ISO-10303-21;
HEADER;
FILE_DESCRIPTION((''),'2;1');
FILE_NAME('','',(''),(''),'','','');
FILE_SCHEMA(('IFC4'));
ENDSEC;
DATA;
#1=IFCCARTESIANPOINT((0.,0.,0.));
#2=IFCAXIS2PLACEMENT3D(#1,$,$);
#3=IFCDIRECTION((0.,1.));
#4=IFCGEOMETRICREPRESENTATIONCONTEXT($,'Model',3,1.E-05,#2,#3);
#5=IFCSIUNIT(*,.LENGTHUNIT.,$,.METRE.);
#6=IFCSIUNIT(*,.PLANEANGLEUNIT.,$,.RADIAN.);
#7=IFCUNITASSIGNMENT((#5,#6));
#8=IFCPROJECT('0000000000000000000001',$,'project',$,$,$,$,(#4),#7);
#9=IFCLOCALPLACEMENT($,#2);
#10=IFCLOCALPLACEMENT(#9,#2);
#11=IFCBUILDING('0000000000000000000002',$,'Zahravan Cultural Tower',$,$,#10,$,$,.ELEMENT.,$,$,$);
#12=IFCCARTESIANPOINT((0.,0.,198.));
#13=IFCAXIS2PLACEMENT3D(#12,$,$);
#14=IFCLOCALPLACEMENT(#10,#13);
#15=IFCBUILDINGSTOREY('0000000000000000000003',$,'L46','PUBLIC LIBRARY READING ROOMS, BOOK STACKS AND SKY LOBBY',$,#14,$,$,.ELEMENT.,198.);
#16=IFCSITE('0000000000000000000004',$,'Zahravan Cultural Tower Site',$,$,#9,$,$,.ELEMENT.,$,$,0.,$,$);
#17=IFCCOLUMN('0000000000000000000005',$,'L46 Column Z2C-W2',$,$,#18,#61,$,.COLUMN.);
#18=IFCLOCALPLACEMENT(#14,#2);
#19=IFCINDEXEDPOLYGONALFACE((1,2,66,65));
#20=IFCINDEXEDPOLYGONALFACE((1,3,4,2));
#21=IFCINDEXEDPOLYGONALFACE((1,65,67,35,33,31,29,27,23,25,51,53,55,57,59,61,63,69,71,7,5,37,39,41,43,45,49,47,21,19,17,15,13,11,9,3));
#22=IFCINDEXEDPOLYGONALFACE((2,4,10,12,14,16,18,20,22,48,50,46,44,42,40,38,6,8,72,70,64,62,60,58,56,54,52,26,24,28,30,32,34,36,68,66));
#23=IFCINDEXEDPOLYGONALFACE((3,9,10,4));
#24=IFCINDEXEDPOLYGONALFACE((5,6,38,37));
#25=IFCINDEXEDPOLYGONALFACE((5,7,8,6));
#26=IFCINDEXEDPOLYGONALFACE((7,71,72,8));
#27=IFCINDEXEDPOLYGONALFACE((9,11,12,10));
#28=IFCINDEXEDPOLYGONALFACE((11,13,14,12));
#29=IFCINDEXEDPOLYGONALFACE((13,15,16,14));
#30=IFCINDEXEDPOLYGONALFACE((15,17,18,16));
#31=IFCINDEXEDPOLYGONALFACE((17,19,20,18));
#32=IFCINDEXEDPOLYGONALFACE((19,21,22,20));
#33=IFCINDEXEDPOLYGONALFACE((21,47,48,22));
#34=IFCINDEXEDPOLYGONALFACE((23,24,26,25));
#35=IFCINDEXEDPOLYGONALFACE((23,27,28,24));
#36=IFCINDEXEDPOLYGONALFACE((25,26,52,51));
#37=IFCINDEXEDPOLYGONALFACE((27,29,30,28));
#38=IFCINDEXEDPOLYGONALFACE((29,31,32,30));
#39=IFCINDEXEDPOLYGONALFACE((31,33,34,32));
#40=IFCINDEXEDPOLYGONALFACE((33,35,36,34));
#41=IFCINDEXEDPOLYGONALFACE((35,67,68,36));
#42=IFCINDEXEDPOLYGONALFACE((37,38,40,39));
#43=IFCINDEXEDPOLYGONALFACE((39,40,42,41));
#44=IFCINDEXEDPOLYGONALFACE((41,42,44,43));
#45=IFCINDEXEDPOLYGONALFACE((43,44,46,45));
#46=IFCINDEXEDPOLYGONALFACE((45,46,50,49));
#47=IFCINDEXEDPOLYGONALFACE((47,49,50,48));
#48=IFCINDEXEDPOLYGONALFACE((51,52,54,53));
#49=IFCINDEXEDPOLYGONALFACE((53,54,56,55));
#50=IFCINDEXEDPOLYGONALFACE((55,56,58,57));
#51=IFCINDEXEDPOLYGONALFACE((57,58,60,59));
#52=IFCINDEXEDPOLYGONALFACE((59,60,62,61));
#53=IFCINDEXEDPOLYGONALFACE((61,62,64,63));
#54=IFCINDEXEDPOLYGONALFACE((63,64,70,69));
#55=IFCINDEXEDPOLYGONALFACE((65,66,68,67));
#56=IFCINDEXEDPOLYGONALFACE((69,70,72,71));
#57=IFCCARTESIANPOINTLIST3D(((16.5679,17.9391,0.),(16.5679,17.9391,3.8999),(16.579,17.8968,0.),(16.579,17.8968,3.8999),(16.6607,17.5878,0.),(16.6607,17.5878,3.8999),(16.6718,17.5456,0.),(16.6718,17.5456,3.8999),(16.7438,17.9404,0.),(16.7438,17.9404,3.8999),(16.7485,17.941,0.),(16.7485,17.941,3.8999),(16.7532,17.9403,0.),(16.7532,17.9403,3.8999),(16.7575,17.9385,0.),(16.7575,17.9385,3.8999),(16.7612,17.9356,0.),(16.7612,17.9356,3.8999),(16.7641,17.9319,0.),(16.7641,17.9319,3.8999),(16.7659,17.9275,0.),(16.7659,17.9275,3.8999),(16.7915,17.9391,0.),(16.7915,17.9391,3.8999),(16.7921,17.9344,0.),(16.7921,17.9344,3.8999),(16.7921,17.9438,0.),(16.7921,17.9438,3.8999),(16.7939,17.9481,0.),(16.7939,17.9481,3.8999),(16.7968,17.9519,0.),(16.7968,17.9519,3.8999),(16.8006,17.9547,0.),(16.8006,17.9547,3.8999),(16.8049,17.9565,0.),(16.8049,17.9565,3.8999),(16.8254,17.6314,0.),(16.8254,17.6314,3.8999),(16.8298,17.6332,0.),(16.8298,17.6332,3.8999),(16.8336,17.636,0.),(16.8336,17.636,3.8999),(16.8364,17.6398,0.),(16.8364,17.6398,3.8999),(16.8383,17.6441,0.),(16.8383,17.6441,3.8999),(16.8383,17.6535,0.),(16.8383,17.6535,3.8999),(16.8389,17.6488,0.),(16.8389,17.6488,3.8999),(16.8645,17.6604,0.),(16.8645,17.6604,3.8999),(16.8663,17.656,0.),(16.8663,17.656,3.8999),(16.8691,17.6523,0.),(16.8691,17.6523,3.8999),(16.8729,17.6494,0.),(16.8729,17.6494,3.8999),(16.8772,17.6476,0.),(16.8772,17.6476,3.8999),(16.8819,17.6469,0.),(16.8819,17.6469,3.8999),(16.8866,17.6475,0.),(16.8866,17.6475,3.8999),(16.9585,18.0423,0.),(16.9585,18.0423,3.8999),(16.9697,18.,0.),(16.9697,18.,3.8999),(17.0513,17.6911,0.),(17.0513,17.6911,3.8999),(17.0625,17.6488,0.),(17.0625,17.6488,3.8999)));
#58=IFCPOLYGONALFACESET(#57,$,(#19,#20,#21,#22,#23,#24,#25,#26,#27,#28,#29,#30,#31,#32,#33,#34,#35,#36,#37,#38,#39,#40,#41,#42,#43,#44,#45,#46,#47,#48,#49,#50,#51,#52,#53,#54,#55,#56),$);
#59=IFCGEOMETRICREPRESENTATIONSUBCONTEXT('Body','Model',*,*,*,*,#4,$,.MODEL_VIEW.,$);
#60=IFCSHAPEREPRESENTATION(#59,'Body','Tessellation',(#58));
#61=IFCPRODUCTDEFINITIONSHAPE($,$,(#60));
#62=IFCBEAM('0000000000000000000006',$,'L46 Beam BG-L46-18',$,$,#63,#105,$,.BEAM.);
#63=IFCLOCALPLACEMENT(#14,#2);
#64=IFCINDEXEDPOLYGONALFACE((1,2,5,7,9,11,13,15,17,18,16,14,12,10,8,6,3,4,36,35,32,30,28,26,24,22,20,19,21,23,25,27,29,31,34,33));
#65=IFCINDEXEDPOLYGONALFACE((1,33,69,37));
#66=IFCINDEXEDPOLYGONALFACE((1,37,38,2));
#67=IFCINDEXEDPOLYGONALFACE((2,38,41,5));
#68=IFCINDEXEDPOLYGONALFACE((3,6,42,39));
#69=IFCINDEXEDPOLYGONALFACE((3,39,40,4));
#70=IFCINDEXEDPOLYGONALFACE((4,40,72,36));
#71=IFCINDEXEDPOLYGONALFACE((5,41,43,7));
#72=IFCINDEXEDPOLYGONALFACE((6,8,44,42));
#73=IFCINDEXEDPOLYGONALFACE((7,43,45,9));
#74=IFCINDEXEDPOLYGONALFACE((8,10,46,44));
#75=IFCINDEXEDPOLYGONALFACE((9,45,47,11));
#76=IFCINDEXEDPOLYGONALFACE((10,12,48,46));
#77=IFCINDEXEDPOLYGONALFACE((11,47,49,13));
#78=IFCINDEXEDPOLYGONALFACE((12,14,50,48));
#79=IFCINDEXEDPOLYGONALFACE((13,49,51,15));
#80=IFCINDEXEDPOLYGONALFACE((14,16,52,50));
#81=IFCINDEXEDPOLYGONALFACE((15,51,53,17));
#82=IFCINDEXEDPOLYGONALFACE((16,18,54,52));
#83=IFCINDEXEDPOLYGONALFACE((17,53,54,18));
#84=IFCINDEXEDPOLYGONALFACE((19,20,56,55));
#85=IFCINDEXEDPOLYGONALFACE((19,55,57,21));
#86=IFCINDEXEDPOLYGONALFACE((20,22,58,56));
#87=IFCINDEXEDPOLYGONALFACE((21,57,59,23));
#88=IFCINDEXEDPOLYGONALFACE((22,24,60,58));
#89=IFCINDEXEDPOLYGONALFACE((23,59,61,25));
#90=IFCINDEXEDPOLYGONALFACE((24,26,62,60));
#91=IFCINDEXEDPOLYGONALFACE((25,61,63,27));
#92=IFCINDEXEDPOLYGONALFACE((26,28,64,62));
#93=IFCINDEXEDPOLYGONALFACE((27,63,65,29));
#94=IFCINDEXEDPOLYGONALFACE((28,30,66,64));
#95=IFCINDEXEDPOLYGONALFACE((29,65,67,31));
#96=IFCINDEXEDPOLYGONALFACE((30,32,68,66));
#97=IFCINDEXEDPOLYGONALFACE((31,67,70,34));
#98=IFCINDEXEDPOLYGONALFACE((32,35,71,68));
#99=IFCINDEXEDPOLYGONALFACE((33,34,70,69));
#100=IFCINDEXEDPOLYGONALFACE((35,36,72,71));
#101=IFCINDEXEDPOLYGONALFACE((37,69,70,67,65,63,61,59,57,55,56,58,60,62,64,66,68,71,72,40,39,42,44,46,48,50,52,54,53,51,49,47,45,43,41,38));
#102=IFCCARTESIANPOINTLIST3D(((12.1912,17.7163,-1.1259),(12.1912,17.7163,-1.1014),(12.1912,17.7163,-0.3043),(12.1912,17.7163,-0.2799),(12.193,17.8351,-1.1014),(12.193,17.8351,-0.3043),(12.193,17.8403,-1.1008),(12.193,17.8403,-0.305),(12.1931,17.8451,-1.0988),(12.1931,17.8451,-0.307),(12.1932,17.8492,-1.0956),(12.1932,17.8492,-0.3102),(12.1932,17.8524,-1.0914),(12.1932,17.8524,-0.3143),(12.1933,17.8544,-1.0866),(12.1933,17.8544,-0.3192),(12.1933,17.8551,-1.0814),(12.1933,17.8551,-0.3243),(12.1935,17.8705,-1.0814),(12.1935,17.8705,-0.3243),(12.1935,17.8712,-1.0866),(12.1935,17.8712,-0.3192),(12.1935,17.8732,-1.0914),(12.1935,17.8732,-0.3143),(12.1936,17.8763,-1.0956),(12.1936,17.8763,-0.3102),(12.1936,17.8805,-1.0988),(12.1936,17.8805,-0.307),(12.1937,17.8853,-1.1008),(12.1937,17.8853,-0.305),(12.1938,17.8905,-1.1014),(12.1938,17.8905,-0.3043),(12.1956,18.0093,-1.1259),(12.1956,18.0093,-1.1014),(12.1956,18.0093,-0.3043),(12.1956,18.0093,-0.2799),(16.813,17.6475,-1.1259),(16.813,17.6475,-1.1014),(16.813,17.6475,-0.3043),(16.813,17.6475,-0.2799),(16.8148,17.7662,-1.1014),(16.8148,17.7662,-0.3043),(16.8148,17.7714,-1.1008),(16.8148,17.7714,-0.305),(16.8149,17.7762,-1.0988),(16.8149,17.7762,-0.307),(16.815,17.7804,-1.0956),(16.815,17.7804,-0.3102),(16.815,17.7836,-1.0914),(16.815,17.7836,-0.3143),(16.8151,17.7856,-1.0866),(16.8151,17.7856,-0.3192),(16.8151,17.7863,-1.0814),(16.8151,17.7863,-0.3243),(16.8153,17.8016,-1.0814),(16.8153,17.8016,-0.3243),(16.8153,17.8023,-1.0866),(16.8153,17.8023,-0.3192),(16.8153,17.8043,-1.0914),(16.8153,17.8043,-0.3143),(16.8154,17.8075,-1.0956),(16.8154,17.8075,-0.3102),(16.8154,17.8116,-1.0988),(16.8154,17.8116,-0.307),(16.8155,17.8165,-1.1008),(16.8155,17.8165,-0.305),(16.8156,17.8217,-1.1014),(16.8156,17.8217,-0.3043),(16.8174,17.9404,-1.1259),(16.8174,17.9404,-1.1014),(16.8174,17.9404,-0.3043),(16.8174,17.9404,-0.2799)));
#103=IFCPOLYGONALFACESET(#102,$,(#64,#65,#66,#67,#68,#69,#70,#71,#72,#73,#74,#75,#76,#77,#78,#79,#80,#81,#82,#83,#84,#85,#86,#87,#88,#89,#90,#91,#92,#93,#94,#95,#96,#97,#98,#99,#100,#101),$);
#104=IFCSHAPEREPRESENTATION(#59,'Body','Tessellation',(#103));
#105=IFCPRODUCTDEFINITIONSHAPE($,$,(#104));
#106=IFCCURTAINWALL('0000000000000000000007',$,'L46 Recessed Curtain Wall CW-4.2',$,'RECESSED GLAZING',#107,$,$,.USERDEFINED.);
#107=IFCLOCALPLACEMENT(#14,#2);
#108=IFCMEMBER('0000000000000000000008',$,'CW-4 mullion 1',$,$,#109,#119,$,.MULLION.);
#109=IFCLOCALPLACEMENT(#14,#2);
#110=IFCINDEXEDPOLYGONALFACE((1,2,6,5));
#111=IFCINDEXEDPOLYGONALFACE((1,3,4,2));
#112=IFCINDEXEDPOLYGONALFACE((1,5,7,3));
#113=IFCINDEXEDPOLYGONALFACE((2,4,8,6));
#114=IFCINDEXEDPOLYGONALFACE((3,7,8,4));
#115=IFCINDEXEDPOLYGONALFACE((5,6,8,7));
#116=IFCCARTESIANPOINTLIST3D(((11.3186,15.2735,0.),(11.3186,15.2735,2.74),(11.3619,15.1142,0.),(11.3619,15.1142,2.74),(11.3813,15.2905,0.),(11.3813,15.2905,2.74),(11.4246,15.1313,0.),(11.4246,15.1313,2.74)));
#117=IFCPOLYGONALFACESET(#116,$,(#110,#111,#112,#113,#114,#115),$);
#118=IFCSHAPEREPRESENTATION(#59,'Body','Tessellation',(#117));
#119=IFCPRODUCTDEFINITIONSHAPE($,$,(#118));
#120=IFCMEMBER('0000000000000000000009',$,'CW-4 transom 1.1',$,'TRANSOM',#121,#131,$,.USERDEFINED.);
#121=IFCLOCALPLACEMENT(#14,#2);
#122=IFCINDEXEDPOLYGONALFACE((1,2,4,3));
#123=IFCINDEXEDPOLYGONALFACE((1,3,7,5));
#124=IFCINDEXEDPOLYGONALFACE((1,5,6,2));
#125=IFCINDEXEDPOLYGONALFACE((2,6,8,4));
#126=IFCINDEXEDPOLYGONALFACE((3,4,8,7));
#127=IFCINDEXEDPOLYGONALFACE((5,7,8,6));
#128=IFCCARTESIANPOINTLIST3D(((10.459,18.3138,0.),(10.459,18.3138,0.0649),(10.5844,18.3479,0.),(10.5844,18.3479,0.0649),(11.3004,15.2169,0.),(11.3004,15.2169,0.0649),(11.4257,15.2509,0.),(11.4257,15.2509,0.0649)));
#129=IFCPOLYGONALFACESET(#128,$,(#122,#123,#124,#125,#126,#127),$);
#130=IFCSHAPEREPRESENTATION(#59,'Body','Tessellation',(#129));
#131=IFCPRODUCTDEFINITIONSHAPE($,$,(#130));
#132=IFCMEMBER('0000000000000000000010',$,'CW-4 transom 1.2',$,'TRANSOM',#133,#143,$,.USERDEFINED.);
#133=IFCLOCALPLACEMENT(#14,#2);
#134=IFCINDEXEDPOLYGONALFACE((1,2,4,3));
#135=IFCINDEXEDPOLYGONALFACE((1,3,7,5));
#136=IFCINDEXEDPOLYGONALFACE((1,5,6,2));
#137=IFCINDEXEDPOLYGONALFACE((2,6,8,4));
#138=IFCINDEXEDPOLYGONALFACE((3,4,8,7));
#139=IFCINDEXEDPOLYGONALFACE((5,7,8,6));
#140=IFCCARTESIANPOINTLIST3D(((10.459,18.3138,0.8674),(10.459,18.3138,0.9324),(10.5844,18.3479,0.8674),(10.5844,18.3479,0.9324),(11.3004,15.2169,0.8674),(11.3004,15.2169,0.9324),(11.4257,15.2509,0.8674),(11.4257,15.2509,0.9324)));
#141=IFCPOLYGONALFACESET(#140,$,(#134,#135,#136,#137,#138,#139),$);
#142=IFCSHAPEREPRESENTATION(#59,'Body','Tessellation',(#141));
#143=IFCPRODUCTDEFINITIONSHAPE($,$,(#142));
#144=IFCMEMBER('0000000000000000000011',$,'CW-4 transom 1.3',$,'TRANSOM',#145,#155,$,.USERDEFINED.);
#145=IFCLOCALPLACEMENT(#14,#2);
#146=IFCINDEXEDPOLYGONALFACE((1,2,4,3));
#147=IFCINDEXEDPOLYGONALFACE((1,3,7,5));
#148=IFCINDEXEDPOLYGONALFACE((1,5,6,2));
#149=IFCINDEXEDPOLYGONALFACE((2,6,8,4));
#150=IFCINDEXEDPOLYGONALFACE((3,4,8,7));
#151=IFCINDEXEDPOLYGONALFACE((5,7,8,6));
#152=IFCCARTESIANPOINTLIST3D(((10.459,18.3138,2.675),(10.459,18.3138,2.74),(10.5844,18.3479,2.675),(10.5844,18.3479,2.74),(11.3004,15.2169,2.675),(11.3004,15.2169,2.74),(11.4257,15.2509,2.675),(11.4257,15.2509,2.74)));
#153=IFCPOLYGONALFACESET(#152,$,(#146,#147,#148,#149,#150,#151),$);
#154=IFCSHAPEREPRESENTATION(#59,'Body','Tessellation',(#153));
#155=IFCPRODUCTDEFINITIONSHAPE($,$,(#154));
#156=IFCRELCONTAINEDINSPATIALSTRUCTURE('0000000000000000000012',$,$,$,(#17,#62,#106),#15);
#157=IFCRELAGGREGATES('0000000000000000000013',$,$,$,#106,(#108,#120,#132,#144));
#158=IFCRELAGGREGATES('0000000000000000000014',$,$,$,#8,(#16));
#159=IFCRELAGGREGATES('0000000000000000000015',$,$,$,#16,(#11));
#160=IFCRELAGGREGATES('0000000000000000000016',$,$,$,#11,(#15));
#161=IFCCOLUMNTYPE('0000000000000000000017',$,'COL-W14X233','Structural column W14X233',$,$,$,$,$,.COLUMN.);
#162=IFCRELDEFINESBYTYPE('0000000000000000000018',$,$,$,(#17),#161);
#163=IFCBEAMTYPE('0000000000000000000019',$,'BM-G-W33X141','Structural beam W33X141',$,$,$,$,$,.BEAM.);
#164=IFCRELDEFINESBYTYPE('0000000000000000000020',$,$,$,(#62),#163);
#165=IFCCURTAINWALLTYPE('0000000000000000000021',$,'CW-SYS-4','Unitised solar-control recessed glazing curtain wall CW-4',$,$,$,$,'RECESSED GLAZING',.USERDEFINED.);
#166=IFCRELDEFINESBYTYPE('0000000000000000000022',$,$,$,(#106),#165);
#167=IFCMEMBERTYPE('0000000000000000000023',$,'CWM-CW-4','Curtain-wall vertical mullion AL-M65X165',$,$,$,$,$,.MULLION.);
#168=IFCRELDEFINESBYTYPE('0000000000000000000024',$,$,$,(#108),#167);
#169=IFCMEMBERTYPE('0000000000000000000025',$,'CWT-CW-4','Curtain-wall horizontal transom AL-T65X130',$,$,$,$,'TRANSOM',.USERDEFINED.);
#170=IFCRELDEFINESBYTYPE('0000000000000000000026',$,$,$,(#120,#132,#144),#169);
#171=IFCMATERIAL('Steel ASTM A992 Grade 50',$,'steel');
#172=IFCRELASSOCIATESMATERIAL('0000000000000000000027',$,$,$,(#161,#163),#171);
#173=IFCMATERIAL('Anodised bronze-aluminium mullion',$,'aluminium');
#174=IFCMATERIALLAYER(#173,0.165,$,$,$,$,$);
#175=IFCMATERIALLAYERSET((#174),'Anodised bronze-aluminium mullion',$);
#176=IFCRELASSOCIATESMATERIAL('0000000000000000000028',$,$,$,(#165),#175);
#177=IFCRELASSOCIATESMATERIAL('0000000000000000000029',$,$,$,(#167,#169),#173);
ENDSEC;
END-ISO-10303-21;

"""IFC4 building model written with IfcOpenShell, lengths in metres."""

from ifc_helpers import new_model, si_unit, direction, frame, origin, origin_2d, place, context, subcontext, project, spatial, rectangle, i_section, extrude, source, transform, mapped, material, layer, layer_set, material_profile, profile_set, type_object, element, aggregate, save


model = new_model("IFC4")

# Units and contexts
model_context = context("Model", 3, precision=1e-05, world=origin(), true_north=direction((0.0, 1.0)))
body_context = subcontext(model_context, "Body", "Model", "MODEL_VIEW")
ifc_project = project(units=[si_unit("LENGTHUNIT", "METRE"), si_unit("PLANEANGLEUNIT", "RADIAN")], contexts=[model_context])

# Site, building, storey
site_placement = place(None, origin())
site = spatial("IfcSite", under=ifc_project, at=site_placement, Name="Zahravan Cultural Tower Site", CompositionType="ELEMENT", RefElevation=0.0)
building_placement = place(site_placement, origin())
building = spatial("IfcBuilding", under=site, at=building_placement, Name="Zahravan Cultural Tower", CompositionType="ELEMENT")
storey_placement = place(building_placement, frame((0.0, 0.0, 198.0)))
storey = spatial("IfcBuildingStorey", under=building, at=storey_placement, Name="L46", Description="PUBLIC LIBRARY READING ROOMS, BOOK STACKS AND SKY LOBBY", CompositionType="ELEMENT", Elevation=198.0)

# Column
ifc_material_1 = material(Name="Steel ASTM A992 Grade 50", Category="steel")
ifc_material_profile_1 = material_profile(ifc_material_1, i_section(OverallWidth=0.4041, OverallDepth=0.407, WebThickness=0.0271, FlangeThickness=0.0437, FilletRadius=0.0181, at=origin_2d()), Name="W14X233")
ifc_profile_set_1 = profile_set([ifc_material_profile_1], Name="Steel ASTM A992 Grade 50")
column_type = type_object("IfcColumnType", Name="COL-W14X233", Description="Structural column W14X233", PredefinedType="COLUMN", material=ifc_profile_set_1)
shared_shape_1 = source(origin(), body_context, "Body", "SweptSolid", [
    extrude(i_section(OverallWidth=0.4041, OverallDepth=0.407, WebThickness=0.0271, FlangeThickness=0.0437, FilletRadius=0.0181, at=origin_2d()), origin(), (0.0, 0.0, 1.0), 3.8999),
])
column_placement = place(storey_placement, frame((16.8152, 17.7939, 0.0), z_axis=(0.0, 0.0, 1.0), x_axis=(0.966823, 0.255446, 0.0)))
element("IfcColumn", 1, at=column_placement, inside=storey, type_object=column_type, Name="L46 Column Z2C-W2", PredefinedType="COLUMN", context=body_context, shape_type="MappedRepresentation", body=[
    mapped(shared_shape_1, transform((0.0, 0.0, 0.0), x_axis=(1.0, 0.0, 0.0), y_axis=(0.0, 1.0, 0.0), z_axis=(0.0, 0.0, 1.0), scale=1.0)),
])

# Beam
ifc_material_profile_2 = material_profile(ifc_material_1, i_section(OverallWidth=0.293, OverallDepth=0.8459, WebThickness=0.0154, FlangeThickness=0.0244, FilletRadius=0.02, at=origin_2d()), Name="W33X141")
ifc_profile_set_2 = profile_set([ifc_material_profile_2], Name="Steel ASTM A992 Grade 50")
beam_type = type_object("IfcBeamType", Name="BM-G-W33X141", Description="Structural beam W33X141", PredefinedType="BEAM", material=ifc_profile_set_2)
shared_shape_2 = source(origin(), body_context, "Body", "SweptSolid", [
    extrude(i_section(OverallWidth=0.293, OverallDepth=0.8459, WebThickness=0.0154, FlangeThickness=0.0244, FilletRadius=0.02, at=origin_2d()), origin(), (0.0, 0.0, 1.0), 4.6223),
])
beam_placement = place(storey_placement, frame((16.8152, 17.7939, -0.7029), z_axis=(-0.999889, 0.014895, 0.0), x_axis=(-0.014895, -0.999889, 0.0)))
element("IfcBeam", 2, at=beam_placement, inside=storey, type_object=beam_type, Name="L46 Beam BG-L46-18", PredefinedType="BEAM", context=body_context, shape_type="MappedRepresentation", body=[
    mapped(shared_shape_2, transform((0.0, 0.0, 0.0), x_axis=(1.0, 0.0, 0.0), y_axis=(0.0, 1.0, 0.0), z_axis=(0.0, 0.0, 1.0), scale=1.0)),
])

# Curtain wall, members
ifc_material_2 = material(Name="Anodised bronze-aluminium mullion", Category="aluminium")
ifc_layer_1 = layer(ifc_material_2, 0.165)
ifc_layer_set_1 = layer_set([ifc_layer_1], Name="Anodised bronze-aluminium mullion")
curtain_wall_type = type_object("IfcCurtainWallType", Name="CW-SYS-4", Description="Unitised solar-control recessed glazing curtain wall CW-4", ElementType="RECESSED GLAZING", PredefinedType="USERDEFINED", material=ifc_layer_set_1)
curtain_wall_placement = place(storey_placement, origin())
curtain_wall = element("IfcCurtainWall", 3, at=curtain_wall_placement, inside=storey, type_object=curtain_wall_type, Name="L46 Recessed Curtain Wall CW-4.2", ObjectType="RECESSED GLAZING", PredefinedType="USERDEFINED")
ifc_material_profile_3 = material_profile(ifc_material_2, rectangle(XDim=0.0649, YDim=0.165, at=origin_2d()), Name="AL-M65X165")
ifc_profile_set_3 = profile_set([ifc_material_profile_3], Name="Anodised bronze-aluminium mullion")
member_type_1 = type_object("IfcMemberType", Name="CWM-CW-4", Description="Curtain-wall vertical mullion AL-M65X165", PredefinedType="MULLION", material=ifc_profile_set_3)
shared_shape_3 = source(origin(), body_context, "Body", "SweptSolid", [
    extrude(rectangle(XDim=0.0649, YDim=0.165, at=origin_2d()), origin(), (0.0, 0.0, 1.0), 2.74),
])
member_1_placement = place(storey_placement, frame((11.3716, 15.2024, 0.0), z_axis=(0.0, 0.0, 1.0), x_axis=(-0.965017, -0.262187, 0.0)))
member_1 = element("IfcMember", 4, at=member_1_placement, type_object=member_type_1, Name="CW-4 mullion 1", PredefinedType="MULLION", context=body_context, shape_type="MappedRepresentation", body=[
    mapped(shared_shape_3, transform((0.0, 0.0, 0.0), x_axis=(1.0, 0.0, 0.0), y_axis=(0.0, 1.0, 0.0), z_axis=(0.0, 0.0, 1.0), scale=1.0)),
])
ifc_material_profile_4 = material_profile(ifc_material_2, rectangle(XDim=0.1299, YDim=0.0649, at=origin_2d()), Name="AL-T65X130")
ifc_profile_set_4 = profile_set([ifc_material_profile_4], Name="Anodised bronze-aluminium mullion")
member_type_2 = type_object("IfcMemberType", Name="CWT-CW-4", Description="Curtain-wall horizontal transom AL-T65X130", ElementType="TRANSOM", PredefinedType="USERDEFINED", material=ifc_profile_set_4)
shared_shape_4 = source(origin(), body_context, "Body", "SweptSolid", [
    extrude(rectangle(XDim=0.1299, YDim=0.0649, at=origin_2d()), origin(), (0.0, 0.0, 1.0), 3.2092),
])
member_2_placement = place(storey_placement, frame((11.363, 15.2339, 0.0325), z_axis=(-0.262158, 0.965025, 0.0), x_axis=(-0.965025, -0.262158, 0.0)))
member_2 = element("IfcMember", 5, at=member_2_placement, type_object=member_type_2, Name="CW-4 transom 1.1", ObjectType="TRANSOM", PredefinedType="USERDEFINED", context=body_context, shape_type="MappedRepresentation", body=[
    mapped(shared_shape_4, transform((0.0, 0.0, 0.0), x_axis=(1.0, 0.0, 0.0), y_axis=(0.0, 1.0, 0.0), z_axis=(0.0, 0.0, 1.0), scale=1.0)),
])
member_3_placement = place(storey_placement, frame((11.363, 15.2339, 0.8999), z_axis=(-0.262158, 0.965025, 0.0), x_axis=(-0.965025, -0.262158, 0.0)))
member_3 = element("IfcMember", 6, at=member_3_placement, type_object=member_type_2, Name="CW-4 transom 1.2", ObjectType="TRANSOM", PredefinedType="USERDEFINED", context=body_context, shape_type="MappedRepresentation", body=[
    mapped(shared_shape_4, transform((0.0, 0.0, 0.0), x_axis=(1.0, 0.0, 0.0), y_axis=(0.0, 1.0, 0.0), z_axis=(0.0, 0.0, 1.0), scale=1.0)),
])
member_4_placement = place(storey_placement, frame((11.363, 15.2339, 2.7075), z_axis=(-0.262158, 0.965025, 0.0), x_axis=(-0.965025, -0.262158, 0.0)))
member_4 = element("IfcMember", 7, at=member_4_placement, type_object=member_type_2, Name="CW-4 transom 1.3", ObjectType="TRANSOM", PredefinedType="USERDEFINED", context=body_context, shape_type="MappedRepresentation", body=[
    mapped(shared_shape_4, transform((0.0, 0.0, 0.0), x_axis=(1.0, 0.0, 0.0), y_axis=(0.0, 1.0, 0.0), z_axis=(0.0, 0.0, 1.0), scale=1.0)),
])

aggregate(curtain_wall, [member_1, member_2, member_3, member_4])

save(model, "model.ifc")
